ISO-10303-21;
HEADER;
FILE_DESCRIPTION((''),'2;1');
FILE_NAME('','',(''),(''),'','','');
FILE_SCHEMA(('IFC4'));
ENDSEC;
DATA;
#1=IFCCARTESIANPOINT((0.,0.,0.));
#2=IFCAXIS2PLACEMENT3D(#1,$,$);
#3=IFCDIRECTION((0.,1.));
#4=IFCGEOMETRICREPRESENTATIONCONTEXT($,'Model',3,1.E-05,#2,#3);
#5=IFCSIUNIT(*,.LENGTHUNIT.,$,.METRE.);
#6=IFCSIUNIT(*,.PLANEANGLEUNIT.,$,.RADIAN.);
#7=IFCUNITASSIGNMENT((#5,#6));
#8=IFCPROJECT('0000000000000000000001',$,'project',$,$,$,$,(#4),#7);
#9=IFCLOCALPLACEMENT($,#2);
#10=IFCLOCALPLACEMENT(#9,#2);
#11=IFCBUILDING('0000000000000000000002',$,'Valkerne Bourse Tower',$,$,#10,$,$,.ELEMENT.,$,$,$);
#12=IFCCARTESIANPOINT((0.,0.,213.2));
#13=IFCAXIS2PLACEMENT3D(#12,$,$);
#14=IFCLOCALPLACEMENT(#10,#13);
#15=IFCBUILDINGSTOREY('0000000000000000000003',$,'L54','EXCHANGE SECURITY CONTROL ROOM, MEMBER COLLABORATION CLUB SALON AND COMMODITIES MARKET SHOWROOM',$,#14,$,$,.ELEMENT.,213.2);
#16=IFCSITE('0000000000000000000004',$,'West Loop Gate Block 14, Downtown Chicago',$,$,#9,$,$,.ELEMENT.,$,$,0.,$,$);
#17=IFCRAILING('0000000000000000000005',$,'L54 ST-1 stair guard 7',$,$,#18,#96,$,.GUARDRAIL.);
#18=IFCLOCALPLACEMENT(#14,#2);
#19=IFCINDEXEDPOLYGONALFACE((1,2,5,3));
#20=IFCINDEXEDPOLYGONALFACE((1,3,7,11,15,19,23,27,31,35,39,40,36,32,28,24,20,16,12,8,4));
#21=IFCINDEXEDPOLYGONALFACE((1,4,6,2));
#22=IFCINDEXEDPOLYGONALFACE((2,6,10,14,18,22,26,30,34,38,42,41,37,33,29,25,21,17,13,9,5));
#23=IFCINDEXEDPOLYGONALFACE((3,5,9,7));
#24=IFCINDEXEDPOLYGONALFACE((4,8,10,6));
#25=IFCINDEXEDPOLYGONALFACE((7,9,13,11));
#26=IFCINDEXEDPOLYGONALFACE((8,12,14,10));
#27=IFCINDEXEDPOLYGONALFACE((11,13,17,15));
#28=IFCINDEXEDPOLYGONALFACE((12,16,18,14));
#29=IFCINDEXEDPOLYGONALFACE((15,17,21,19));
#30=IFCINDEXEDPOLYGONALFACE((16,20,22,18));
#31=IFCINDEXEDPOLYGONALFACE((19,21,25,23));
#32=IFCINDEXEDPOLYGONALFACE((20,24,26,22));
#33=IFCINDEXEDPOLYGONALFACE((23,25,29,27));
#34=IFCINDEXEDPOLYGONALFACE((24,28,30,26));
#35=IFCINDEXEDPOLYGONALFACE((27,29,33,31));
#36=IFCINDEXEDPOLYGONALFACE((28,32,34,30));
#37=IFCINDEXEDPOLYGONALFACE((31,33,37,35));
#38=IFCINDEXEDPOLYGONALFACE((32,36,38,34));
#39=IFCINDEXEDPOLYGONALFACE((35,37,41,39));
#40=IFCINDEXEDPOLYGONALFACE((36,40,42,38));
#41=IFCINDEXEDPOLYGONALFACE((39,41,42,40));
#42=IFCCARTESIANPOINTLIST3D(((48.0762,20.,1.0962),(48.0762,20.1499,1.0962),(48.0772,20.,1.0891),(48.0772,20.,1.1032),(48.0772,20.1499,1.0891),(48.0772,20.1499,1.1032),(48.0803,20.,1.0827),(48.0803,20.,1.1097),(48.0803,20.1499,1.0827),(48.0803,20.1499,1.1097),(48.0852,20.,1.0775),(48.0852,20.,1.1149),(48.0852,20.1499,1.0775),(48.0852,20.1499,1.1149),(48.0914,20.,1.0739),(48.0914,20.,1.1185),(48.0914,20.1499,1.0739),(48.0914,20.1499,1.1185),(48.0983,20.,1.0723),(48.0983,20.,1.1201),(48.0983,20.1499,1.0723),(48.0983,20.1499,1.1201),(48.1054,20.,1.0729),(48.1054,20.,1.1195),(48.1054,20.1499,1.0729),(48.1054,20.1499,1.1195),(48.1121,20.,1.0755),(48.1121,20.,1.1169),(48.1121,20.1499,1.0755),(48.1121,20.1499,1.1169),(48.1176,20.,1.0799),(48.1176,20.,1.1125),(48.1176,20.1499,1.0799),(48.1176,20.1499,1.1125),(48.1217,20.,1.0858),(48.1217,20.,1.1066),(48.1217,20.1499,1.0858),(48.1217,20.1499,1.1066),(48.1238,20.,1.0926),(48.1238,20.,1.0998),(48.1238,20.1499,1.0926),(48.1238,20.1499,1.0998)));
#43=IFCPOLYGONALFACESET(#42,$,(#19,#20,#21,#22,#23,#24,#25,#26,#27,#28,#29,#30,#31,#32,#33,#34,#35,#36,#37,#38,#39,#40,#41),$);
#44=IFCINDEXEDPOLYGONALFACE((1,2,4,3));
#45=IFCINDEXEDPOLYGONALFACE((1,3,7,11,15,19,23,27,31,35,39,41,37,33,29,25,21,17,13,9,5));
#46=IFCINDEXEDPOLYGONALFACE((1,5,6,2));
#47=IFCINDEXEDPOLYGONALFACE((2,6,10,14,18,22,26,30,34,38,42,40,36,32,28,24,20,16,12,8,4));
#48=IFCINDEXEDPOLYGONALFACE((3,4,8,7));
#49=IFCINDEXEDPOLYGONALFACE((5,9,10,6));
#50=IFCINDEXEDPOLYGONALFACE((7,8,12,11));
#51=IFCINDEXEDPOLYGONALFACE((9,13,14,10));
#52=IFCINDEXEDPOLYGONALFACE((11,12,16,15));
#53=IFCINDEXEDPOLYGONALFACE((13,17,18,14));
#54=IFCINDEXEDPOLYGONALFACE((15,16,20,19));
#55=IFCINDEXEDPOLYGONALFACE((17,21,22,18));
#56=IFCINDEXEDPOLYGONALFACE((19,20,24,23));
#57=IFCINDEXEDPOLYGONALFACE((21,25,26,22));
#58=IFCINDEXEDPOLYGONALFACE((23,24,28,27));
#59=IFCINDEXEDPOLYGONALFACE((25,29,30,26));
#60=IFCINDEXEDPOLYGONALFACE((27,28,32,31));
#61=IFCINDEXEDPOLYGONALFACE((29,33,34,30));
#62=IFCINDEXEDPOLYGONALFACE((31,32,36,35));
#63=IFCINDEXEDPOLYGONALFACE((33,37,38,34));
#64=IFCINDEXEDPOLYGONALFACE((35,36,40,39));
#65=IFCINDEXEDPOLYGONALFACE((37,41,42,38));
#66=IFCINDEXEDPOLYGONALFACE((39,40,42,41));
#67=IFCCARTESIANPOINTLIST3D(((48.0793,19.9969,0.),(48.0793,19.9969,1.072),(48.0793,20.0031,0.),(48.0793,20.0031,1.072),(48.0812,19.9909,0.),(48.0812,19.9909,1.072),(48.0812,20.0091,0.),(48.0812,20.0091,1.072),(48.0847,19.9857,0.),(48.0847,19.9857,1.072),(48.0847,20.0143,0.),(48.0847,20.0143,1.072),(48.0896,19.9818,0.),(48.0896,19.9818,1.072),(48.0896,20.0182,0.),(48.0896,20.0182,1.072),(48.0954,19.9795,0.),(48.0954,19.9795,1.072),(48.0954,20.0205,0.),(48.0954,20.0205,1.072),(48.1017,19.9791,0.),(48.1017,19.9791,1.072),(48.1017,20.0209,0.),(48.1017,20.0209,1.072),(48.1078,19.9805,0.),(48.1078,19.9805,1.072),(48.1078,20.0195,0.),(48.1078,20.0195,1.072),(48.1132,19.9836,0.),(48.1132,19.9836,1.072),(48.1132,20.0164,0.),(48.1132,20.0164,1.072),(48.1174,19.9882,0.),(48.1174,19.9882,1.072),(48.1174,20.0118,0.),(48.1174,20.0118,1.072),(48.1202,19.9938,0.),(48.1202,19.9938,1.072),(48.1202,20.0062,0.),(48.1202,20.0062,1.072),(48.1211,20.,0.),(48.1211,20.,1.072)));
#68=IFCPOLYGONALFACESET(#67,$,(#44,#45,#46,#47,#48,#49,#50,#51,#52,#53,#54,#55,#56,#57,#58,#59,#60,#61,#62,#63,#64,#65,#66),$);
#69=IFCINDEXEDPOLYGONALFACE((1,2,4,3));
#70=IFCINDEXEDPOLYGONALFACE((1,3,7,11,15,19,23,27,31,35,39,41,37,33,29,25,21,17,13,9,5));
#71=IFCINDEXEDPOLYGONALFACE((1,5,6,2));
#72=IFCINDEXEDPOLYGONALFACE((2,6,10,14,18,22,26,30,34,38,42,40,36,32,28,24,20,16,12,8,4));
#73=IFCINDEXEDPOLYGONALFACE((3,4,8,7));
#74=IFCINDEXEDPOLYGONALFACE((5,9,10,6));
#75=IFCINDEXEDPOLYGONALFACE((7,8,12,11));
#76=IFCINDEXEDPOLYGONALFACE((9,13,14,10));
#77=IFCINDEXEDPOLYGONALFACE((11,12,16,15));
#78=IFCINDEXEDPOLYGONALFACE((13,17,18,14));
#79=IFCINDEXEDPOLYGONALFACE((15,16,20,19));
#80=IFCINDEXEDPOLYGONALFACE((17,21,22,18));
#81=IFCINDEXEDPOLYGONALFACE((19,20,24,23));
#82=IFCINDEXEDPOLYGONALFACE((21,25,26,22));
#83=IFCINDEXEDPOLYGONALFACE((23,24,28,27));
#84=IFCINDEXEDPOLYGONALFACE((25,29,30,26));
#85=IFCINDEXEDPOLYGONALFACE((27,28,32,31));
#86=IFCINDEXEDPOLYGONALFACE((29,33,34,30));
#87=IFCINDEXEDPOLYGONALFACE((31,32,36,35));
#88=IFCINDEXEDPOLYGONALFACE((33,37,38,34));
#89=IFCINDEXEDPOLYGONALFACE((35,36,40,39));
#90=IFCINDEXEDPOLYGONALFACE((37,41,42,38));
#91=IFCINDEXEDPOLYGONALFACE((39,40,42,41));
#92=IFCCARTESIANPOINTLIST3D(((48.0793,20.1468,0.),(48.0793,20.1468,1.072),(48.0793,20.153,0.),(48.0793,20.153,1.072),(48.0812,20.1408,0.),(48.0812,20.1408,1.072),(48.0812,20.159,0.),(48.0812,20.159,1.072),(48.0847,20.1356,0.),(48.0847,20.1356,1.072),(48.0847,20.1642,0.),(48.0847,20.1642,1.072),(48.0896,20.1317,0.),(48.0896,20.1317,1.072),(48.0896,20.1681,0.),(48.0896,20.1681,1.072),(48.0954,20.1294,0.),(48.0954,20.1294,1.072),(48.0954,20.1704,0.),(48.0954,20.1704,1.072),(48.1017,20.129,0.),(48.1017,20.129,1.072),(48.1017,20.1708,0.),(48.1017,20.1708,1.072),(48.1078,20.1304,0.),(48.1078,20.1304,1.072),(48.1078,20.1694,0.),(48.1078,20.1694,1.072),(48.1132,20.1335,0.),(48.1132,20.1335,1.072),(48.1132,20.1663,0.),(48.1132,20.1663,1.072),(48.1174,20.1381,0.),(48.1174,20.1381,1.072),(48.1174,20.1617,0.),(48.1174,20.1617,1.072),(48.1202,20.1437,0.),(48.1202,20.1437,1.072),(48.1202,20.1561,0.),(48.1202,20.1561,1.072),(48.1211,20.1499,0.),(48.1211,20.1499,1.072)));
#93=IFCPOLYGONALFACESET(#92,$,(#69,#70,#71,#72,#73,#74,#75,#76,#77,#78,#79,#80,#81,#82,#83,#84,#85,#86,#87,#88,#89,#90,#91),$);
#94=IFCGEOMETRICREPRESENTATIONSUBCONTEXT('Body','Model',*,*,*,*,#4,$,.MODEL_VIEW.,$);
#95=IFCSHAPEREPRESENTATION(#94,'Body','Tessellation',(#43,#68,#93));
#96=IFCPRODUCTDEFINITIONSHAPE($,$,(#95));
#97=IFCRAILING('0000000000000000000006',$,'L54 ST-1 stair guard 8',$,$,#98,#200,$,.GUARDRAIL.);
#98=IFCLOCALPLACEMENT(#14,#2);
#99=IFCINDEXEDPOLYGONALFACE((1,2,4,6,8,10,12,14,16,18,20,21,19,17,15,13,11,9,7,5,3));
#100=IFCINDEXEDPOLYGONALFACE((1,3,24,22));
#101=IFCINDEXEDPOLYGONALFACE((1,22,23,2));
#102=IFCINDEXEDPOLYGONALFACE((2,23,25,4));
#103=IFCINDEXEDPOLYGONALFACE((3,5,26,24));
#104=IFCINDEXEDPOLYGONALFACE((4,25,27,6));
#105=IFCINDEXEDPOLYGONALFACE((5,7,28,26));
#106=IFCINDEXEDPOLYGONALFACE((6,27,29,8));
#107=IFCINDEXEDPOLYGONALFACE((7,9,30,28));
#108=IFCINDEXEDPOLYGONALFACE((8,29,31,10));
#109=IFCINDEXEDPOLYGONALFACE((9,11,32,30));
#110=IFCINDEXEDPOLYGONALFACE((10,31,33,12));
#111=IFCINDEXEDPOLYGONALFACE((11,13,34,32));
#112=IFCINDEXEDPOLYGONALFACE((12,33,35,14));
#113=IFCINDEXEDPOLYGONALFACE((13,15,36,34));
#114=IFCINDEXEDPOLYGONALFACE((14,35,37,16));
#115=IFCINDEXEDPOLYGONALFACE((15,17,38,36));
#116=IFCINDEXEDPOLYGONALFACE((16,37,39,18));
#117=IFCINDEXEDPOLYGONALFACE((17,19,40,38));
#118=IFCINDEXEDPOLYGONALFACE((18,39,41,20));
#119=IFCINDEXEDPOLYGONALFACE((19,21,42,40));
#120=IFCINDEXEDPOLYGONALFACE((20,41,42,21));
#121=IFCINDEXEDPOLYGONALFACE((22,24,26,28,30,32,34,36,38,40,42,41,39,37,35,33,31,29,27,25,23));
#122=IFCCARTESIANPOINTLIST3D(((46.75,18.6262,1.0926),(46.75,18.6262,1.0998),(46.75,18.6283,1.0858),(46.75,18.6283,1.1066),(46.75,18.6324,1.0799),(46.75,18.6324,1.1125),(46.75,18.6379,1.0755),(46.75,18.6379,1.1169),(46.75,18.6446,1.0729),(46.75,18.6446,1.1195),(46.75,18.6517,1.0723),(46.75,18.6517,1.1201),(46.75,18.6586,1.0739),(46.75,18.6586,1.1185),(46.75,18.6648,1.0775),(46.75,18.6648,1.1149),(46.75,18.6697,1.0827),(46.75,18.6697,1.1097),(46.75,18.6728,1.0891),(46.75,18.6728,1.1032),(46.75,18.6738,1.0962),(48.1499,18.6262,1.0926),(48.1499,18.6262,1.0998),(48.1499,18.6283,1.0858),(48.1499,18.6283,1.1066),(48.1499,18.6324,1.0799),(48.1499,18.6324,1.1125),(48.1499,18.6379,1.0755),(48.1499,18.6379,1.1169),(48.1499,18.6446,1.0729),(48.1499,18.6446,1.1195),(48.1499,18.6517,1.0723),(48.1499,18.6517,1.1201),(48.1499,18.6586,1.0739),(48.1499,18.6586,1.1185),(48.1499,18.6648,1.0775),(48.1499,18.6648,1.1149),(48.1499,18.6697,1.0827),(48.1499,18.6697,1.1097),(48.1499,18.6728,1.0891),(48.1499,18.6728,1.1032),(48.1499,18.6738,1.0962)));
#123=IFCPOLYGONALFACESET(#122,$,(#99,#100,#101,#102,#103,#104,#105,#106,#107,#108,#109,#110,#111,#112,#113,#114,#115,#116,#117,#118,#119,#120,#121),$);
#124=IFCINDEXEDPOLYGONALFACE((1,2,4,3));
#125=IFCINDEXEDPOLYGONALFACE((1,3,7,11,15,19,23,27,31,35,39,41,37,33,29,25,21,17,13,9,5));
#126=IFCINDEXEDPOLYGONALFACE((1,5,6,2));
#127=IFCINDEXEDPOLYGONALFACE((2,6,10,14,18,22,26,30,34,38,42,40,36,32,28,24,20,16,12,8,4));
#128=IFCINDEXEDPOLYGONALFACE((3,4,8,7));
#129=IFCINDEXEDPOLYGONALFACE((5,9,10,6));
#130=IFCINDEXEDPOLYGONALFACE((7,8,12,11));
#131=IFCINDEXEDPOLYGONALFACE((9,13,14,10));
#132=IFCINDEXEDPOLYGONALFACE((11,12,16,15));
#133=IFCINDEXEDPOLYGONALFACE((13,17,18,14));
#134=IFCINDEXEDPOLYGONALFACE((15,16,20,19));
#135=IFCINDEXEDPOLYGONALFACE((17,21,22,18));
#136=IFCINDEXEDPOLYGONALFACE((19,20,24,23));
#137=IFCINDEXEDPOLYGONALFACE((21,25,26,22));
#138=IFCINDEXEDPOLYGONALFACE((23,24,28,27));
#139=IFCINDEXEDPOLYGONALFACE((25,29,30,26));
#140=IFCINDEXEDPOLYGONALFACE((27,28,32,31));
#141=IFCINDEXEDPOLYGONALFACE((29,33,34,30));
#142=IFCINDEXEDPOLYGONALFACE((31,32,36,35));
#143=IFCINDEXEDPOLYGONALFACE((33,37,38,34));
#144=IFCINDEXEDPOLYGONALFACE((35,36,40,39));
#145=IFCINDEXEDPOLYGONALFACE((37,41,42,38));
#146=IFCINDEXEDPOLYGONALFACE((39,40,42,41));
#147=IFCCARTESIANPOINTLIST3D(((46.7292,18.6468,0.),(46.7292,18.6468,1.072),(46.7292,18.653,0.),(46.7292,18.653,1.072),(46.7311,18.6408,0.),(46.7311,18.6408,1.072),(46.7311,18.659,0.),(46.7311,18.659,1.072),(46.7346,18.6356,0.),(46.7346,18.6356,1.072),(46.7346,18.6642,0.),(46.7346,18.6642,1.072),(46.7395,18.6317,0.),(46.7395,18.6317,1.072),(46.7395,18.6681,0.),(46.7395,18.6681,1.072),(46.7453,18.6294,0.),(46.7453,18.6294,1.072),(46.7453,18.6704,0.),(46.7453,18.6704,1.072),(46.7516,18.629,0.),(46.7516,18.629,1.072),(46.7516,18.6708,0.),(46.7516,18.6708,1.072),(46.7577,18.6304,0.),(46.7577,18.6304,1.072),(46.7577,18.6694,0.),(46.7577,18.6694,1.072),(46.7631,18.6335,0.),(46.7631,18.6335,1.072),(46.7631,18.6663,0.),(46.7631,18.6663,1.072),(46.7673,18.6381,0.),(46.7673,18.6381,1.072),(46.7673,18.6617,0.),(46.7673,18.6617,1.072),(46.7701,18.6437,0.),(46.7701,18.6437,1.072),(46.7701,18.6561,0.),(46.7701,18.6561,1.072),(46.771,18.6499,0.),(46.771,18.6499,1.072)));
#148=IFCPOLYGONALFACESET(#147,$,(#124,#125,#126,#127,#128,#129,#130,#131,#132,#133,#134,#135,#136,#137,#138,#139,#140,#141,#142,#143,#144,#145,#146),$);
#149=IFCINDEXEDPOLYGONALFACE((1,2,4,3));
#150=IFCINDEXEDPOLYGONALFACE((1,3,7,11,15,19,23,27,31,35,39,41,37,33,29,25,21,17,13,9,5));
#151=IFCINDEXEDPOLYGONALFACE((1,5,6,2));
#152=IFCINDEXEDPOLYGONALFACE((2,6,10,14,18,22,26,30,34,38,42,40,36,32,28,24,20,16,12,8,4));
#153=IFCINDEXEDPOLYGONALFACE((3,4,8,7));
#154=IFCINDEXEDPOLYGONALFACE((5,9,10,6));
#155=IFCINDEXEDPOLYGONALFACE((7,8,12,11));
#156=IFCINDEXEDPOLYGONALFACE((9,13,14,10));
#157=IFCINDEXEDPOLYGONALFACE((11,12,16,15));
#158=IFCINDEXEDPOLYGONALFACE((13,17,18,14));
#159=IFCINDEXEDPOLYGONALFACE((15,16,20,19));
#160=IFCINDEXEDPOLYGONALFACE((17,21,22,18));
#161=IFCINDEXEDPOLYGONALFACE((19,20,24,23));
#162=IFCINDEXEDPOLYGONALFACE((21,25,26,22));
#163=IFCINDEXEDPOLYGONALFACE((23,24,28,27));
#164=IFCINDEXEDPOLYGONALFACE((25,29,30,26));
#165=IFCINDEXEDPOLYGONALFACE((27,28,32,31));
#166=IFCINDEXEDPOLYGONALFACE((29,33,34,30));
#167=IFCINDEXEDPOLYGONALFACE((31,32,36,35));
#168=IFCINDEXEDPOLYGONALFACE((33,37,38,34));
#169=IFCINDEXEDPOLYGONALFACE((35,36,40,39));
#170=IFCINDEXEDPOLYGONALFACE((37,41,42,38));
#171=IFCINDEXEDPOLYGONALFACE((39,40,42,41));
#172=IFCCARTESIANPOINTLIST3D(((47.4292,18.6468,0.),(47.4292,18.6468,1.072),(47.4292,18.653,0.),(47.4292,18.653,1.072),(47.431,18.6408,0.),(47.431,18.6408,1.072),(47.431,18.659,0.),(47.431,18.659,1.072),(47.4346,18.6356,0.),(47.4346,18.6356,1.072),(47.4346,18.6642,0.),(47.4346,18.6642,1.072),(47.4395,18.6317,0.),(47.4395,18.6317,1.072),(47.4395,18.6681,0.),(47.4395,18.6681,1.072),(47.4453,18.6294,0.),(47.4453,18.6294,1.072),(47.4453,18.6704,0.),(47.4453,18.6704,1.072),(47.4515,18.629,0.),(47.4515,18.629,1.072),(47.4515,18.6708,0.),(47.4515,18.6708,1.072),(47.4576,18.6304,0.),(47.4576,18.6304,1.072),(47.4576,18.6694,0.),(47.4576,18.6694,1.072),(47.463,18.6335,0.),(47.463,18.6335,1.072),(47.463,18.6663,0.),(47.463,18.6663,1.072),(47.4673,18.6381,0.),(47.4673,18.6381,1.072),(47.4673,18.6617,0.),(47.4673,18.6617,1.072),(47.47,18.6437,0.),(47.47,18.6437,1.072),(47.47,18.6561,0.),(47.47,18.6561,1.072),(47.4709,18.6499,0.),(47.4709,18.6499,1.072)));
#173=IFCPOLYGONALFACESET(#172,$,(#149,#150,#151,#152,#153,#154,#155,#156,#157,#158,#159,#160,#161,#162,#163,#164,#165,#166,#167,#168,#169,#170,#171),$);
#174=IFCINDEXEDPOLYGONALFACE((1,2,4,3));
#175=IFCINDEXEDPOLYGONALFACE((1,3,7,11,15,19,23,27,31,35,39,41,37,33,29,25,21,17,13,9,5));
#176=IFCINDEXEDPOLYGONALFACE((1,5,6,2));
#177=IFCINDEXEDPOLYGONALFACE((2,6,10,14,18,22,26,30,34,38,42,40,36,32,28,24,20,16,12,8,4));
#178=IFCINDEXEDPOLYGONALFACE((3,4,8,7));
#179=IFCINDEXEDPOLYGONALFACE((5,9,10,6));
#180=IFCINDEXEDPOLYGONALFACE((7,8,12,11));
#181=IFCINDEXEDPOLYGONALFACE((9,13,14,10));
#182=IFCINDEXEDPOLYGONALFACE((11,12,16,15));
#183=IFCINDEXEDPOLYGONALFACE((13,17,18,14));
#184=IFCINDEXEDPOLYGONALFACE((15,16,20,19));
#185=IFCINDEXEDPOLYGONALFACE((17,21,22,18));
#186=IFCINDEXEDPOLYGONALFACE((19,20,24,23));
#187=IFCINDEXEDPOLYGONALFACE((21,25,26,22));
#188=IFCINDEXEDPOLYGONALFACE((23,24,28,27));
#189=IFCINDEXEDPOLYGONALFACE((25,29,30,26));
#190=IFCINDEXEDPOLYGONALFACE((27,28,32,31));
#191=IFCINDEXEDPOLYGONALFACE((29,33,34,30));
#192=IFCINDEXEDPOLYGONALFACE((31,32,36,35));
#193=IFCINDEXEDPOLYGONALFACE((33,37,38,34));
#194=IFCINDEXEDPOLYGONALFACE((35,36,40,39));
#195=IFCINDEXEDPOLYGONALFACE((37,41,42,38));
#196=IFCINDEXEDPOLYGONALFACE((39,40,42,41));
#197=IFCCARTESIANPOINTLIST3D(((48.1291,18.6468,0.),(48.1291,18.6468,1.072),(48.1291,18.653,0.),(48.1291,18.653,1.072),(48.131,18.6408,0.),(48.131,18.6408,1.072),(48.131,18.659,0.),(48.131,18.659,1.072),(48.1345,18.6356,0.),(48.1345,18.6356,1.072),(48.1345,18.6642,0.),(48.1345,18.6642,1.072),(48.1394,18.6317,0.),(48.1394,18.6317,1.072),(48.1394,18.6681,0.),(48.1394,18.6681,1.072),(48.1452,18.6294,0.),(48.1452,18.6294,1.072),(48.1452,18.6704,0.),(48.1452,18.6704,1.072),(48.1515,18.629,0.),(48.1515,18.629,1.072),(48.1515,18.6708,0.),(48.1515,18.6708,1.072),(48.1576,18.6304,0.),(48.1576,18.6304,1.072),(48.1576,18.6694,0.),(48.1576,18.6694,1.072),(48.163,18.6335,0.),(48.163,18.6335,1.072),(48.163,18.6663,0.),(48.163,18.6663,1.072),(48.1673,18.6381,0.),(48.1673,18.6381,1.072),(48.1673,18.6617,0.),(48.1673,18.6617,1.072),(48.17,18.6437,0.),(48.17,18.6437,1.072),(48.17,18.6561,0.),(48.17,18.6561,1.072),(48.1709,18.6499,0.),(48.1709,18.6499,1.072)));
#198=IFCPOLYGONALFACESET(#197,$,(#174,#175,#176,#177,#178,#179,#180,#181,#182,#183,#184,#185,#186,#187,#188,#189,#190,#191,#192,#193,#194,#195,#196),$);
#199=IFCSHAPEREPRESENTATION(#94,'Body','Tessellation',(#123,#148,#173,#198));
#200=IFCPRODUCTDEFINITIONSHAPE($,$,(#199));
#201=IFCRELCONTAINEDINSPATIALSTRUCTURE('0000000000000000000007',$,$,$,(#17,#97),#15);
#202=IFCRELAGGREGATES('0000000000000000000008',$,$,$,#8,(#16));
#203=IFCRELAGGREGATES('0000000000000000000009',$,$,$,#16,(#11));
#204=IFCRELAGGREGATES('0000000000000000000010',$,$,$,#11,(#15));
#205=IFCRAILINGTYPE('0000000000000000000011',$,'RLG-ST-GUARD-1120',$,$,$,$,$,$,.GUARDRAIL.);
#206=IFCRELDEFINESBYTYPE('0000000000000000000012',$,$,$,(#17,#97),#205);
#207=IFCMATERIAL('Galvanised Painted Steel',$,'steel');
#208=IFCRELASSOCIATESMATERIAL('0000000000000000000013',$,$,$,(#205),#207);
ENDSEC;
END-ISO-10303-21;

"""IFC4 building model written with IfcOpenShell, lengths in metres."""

from ifc_helpers import new_model, si_unit, direction, frame, origin, origin_2d, place, context, subcontext, project, spatial, circle, extrude, material, type_object, element, save


model = new_model("IFC4")

# Units and contexts
model_context = context("Model", 3, precision=1e-05, world=origin(), true_north=direction((0.0, 1.0)))
body_context = subcontext(model_context, "Body", "Model", "MODEL_VIEW")
ifc_project = project(units=[si_unit("LENGTHUNIT", "METRE"), si_unit("PLANEANGLEUNIT", "RADIAN")], contexts=[model_context])

# Site, building, storey
site_placement = place(None, origin())
site = spatial("IfcSite", under=ifc_project, at=site_placement, Name="West Loop Gate Block 14, Downtown Chicago", CompositionType="ELEMENT", RefElevation=0.0)
building_placement = place(site_placement, origin())
building = spatial("IfcBuilding", under=site, at=building_placement, Name="Valkerne Bourse Tower", CompositionType="ELEMENT")
storey_placement = place(building_placement, frame((0.0, 0.0, 213.2)))
storey = spatial("IfcBuildingStorey", under=building, at=storey_placement, Name="L54", Description="EXCHANGE SECURITY CONTROL ROOM, MEMBER COLLABORATION CLUB SALON AND COMMODITIES MARKET SHOWROOM", CompositionType="ELEMENT", Elevation=213.2)

# Shared definitions
ifc_material_1 = material(Name="Galvanised Painted Steel", Category="steel")

# Railings
railing_type_1 = type_object("IfcRailingType", Name="RLG-ST-GUARD-1120", PredefinedType="GUARDRAIL", material=ifc_material_1)
railing_1_placement = place(storey_placement, frame((48.1001, 20.0, 0.0)))
element("IfcRailing", 1, at=railing_1_placement, inside=storey, type_object=railing_type_1, Name="L54 ST-1 stair guard 7", PredefinedType="GUARDRAIL", context=body_context, shape_type="SweptSolid", body=[
    extrude(circle(Radius=0.0239, at=origin_2d()), frame((0.0, 0.0, 1.0962), z_axis=(0.0, 1.0, 0.0), x_axis=(-1.0, 0.0, 0.0)), (0.0, 0.0, 1.0), 0.1499),
    extrude(circle(Radius=0.021, at=origin_2d()), origin(), (0.0, 0.0, 1.0), 1.072),
    extrude(circle(Radius=0.021, at=origin_2d()), frame((0.0, 0.1499, 0.0)), (0.0, 0.0, 1.0), 1.072),
])
for number, where, name in (
    (2, (46.75, 18.6499, 0.0), "L54 ST-1 stair guard 8"),
):
    element("IfcRailing", number, at=place(storey_placement, frame(where)), inside=storey, type_object=railing_type_1, Name=name, PredefinedType="GUARDRAIL", context=body_context, shape_type="SweptSolid", body=[
        extrude(circle(Radius=0.0239, at=origin_2d()), frame((0.0, 0.0, 1.0962), z_axis=(1.0, 0.0, 0.0), x_axis=(0.0, 1.0, 0.0)), (0.0, 0.0, 1.0), 1.3999),
        extrude(circle(Radius=0.021, at=origin_2d()), origin(), (0.0, 0.0, 1.0), 1.072),
        extrude(circle(Radius=0.021, at=origin_2d()), frame((0.7, 0.0, 0.0)), (0.0, 0.0, 1.0), 1.072),
        extrude(circle(Radius=0.021, at=origin_2d()), frame((1.3999, 0.0, 0.0)), (0.0, 0.0, 1.0), 1.072),
    ])

save(model, "model.ifc")
